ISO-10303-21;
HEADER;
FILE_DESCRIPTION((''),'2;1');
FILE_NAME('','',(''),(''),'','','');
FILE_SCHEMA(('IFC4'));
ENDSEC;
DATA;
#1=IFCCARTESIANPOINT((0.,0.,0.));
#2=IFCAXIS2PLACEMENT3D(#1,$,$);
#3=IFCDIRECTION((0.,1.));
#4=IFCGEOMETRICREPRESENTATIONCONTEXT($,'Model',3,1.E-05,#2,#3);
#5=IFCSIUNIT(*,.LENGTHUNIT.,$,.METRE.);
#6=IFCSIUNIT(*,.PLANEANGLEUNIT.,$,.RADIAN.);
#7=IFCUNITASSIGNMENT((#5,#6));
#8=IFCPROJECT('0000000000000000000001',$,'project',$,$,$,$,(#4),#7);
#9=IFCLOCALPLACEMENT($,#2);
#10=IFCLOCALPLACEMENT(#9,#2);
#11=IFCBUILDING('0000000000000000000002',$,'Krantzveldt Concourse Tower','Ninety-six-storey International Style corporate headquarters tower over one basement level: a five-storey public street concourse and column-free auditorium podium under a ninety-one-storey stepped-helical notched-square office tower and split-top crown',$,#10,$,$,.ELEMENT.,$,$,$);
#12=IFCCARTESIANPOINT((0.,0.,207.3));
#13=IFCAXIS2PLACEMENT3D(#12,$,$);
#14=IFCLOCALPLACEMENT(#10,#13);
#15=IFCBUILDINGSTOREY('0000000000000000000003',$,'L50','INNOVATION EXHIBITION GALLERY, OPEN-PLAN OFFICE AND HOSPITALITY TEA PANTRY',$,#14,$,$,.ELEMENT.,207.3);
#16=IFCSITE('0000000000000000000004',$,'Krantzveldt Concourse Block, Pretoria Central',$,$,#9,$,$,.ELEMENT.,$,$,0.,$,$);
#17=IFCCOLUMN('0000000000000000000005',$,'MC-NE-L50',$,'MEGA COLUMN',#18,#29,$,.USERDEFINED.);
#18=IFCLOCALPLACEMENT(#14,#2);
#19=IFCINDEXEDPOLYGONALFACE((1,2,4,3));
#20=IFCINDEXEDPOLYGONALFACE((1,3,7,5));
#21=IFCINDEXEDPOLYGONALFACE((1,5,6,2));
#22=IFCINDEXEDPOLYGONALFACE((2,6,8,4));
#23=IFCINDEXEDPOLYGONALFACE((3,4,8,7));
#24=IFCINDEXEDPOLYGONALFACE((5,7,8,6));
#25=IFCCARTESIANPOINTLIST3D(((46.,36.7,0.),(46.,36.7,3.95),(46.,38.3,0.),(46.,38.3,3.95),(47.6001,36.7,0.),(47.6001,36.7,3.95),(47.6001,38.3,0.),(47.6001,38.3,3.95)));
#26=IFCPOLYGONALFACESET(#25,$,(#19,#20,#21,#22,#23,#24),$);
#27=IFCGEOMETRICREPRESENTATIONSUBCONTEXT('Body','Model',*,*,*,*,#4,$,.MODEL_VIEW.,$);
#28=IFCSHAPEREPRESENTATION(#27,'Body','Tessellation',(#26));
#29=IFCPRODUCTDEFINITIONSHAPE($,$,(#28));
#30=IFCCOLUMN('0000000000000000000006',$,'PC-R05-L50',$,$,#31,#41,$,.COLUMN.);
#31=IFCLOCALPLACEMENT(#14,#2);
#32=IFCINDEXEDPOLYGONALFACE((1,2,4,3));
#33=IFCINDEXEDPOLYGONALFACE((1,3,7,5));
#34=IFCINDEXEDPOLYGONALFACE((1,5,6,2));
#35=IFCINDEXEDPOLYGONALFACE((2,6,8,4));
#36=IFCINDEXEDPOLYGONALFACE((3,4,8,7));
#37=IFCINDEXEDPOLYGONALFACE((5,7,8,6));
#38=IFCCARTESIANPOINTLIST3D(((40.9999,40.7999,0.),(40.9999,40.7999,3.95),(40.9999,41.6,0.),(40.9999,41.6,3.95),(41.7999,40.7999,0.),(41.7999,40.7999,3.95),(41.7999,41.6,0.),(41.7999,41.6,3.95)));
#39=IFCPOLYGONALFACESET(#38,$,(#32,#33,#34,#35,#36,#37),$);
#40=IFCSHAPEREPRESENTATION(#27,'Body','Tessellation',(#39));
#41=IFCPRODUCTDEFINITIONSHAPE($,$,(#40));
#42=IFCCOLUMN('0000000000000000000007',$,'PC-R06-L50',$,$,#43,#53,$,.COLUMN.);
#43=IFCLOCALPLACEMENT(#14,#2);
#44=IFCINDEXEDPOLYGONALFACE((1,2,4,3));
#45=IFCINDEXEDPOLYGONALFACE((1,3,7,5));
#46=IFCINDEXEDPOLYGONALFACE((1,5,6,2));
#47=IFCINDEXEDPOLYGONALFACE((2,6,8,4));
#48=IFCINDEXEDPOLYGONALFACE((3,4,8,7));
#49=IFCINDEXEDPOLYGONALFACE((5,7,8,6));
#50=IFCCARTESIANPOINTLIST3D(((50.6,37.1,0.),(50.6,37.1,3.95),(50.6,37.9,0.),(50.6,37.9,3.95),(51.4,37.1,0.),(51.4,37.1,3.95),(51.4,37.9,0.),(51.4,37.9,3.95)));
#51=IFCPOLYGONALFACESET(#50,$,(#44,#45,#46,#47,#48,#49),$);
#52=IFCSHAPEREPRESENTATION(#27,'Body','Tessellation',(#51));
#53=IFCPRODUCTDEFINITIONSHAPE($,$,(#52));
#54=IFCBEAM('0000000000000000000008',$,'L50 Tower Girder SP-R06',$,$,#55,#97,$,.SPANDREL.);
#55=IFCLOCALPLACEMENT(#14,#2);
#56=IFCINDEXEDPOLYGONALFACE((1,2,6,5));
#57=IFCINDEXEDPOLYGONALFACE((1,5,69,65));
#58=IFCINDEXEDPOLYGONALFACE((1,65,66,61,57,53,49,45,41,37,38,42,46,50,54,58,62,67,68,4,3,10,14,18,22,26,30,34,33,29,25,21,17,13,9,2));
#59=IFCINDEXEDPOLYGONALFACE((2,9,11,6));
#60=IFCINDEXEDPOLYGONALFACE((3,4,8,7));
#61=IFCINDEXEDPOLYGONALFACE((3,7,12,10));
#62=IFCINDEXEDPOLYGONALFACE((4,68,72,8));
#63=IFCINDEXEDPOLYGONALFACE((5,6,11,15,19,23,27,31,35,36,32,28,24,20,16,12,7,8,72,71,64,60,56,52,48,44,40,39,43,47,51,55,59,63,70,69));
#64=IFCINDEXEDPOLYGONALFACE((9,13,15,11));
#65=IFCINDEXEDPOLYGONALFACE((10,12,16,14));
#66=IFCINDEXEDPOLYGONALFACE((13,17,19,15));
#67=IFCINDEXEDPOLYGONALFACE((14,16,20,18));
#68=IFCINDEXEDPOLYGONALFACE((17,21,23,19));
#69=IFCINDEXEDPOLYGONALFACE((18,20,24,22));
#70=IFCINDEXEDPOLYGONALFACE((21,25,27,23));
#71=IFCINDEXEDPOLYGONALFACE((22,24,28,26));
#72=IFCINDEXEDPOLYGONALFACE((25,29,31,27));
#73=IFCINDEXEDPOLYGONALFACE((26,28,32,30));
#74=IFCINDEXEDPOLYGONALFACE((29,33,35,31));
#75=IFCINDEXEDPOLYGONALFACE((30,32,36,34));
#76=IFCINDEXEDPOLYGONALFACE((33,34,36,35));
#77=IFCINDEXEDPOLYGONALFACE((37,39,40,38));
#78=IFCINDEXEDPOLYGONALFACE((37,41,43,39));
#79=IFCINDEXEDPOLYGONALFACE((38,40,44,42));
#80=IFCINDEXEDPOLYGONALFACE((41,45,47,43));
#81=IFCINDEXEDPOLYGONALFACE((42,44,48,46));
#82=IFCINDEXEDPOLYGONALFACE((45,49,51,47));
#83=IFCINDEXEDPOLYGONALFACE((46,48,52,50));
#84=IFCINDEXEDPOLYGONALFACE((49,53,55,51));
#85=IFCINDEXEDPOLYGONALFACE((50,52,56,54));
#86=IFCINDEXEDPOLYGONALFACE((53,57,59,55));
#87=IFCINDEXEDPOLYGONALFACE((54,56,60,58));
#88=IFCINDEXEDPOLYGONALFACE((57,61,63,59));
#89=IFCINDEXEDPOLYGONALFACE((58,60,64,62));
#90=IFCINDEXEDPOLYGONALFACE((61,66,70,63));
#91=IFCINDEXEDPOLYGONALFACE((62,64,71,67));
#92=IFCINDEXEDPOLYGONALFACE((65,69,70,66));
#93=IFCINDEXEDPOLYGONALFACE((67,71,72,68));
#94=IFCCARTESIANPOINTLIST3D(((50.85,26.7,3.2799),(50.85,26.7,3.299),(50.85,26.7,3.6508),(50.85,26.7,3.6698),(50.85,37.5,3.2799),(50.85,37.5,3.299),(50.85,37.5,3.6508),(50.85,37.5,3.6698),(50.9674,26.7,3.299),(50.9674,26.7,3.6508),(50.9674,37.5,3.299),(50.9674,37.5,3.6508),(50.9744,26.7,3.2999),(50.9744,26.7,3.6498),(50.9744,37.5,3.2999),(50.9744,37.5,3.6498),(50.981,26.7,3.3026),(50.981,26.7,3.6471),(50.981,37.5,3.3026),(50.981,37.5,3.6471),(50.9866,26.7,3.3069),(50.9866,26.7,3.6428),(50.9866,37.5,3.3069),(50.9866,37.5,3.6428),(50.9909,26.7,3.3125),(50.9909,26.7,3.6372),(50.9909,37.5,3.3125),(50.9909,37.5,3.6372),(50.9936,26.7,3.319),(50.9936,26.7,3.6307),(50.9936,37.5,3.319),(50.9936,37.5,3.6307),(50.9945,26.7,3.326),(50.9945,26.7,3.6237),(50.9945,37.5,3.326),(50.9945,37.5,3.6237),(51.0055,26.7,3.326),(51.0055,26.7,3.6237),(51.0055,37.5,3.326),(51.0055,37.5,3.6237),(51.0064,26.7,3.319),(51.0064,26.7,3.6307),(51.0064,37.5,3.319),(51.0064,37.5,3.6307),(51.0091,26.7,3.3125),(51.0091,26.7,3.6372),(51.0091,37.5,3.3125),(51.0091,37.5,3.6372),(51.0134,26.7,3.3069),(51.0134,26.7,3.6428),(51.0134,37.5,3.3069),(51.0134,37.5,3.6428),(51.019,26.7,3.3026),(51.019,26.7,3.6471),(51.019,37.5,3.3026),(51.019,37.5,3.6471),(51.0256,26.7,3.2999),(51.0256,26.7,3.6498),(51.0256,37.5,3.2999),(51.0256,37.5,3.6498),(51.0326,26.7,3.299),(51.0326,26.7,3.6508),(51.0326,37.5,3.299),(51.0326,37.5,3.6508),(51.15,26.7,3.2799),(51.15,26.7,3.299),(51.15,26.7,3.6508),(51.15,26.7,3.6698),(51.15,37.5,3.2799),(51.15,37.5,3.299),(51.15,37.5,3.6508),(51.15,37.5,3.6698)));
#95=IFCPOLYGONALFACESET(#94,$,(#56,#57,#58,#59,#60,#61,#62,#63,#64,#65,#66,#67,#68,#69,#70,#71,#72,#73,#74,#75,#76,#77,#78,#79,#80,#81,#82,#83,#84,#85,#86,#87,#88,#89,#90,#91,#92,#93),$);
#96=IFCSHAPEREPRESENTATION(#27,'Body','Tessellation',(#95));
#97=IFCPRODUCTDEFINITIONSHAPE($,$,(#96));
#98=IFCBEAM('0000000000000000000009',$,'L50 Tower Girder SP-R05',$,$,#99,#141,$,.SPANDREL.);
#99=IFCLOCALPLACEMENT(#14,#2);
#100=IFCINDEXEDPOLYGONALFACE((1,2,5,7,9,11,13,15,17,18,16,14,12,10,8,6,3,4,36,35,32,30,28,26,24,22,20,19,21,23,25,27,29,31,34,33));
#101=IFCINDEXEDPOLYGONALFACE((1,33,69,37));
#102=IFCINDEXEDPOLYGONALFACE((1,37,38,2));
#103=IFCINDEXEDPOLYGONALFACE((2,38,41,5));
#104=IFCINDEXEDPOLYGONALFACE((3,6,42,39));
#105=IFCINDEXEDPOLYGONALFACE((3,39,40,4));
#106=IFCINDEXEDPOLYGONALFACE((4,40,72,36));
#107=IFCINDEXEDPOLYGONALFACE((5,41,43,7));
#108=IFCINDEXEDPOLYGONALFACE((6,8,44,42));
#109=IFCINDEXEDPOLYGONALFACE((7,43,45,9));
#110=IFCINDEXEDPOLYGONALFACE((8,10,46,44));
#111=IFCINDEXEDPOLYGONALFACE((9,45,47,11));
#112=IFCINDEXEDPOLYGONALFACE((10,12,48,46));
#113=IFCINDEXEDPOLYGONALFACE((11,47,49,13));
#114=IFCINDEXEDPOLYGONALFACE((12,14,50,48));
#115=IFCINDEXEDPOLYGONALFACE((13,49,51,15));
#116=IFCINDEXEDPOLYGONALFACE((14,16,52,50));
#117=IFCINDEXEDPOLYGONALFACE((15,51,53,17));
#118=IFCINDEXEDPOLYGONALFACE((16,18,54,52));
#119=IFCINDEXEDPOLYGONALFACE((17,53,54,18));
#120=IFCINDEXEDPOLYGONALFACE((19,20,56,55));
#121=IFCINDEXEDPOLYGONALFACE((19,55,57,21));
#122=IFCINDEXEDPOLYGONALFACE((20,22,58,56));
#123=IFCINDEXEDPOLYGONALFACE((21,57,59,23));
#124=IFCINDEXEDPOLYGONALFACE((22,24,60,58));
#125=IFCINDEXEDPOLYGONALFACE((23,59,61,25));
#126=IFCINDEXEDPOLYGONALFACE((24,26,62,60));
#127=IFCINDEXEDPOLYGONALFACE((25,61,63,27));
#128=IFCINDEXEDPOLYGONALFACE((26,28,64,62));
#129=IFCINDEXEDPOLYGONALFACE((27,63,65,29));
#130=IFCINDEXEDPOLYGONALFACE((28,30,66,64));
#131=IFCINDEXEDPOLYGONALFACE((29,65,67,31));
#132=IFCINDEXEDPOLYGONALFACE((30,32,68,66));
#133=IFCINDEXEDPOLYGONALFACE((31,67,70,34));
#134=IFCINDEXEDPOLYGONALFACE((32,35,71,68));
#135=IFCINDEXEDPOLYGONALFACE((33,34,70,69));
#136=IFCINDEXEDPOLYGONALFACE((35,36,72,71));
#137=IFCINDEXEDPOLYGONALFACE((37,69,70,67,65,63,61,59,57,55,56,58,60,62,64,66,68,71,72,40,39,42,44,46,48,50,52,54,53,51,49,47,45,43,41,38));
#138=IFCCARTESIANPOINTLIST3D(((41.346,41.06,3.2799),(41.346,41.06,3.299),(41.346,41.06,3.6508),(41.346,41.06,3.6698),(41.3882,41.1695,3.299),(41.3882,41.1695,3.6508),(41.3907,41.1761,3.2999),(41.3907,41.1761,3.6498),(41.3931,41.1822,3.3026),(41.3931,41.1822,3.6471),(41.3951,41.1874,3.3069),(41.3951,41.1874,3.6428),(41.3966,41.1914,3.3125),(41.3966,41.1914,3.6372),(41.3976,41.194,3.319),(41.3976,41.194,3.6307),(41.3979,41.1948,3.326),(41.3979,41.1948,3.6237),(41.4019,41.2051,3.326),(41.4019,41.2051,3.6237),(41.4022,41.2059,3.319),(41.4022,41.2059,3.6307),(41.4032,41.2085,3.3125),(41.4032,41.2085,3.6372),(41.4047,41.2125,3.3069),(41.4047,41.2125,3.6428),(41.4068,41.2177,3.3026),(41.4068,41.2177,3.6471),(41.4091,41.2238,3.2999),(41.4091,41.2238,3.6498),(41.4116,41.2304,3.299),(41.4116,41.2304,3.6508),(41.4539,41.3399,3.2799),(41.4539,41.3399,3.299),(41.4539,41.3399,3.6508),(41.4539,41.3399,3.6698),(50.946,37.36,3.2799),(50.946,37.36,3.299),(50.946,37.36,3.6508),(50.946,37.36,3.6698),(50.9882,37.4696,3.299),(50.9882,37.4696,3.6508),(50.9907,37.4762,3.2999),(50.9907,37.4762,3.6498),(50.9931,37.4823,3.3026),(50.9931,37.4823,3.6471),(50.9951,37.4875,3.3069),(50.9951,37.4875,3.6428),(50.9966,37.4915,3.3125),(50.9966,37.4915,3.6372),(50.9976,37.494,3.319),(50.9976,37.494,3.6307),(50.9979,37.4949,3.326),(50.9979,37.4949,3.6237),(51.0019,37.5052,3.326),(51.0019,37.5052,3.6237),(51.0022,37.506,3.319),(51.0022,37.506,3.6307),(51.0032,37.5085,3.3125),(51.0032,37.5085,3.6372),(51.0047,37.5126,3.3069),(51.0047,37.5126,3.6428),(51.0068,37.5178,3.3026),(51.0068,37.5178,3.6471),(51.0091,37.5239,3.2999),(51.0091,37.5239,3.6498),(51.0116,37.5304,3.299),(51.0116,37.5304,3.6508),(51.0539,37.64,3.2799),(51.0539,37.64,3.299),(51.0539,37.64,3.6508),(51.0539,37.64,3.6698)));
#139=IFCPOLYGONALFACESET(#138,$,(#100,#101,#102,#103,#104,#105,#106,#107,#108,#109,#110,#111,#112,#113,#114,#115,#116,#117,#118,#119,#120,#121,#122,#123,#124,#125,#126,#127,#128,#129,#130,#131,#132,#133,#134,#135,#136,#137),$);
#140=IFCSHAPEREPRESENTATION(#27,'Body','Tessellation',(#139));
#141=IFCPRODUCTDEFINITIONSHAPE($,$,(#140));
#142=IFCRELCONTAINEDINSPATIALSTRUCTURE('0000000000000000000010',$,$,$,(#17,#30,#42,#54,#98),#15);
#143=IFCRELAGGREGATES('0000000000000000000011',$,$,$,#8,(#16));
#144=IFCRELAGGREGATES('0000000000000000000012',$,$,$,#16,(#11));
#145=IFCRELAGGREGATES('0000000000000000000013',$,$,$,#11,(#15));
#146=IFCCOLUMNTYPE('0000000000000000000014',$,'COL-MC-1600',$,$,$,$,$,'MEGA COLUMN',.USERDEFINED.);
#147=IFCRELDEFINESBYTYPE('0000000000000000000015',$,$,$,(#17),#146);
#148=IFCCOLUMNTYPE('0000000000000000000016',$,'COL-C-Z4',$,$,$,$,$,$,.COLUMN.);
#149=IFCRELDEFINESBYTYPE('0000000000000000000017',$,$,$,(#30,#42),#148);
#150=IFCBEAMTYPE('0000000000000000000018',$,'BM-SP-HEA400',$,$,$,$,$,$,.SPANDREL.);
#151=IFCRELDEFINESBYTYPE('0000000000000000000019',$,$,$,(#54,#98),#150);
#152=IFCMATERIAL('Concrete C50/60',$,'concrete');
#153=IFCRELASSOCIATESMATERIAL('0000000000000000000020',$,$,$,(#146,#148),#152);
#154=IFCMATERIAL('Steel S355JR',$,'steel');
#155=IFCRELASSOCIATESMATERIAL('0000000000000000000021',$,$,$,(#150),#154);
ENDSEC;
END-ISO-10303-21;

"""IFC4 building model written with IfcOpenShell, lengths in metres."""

from ifc_helpers import new_model, si_unit, direction, frame, origin, origin_2d, place, context, subcontext, project, spatial, rectangle, i_section, extrude, source, transform, mapped, material, material_profile, profile_set, type_object, type_shapes, element, save


model = new_model("IFC4")

# Units and contexts
model_context = context("Model", 3, precision=1e-05, world=origin(), true_north=direction((0.0, 1.0)))
body_context = subcontext(model_context, "Body", "Model", "MODEL_VIEW")
ifc_project = project(units=[si_unit("LENGTHUNIT", "METRE"), si_unit("PLANEANGLEUNIT", "RADIAN")], contexts=[model_context])

# Site, building, storey
site_placement = place(None, origin())
site = spatial("IfcSite", under=ifc_project, at=site_placement, Name="Krantzveldt Concourse Block, Pretoria Central", CompositionType="ELEMENT", RefElevation=0.0)
building_placement = place(site_placement, origin())
building = spatial("IfcBuilding", under=site, at=building_placement, Name="Krantzveldt Concourse Tower", Description="Ninety-six-storey International Style corporate headquarters tower over one basement level: a five-storey public street concourse and column-free auditorium podium under a ninety-one-storey stepped-helical notched-square office tower and split-top crown", CompositionType="ELEMENT")
storey_placement = place(building_placement, frame((0.0, 0.0, 207.3)))
storey = spatial("IfcBuildingStorey", under=building, at=storey_placement, Name="L50", Description="INNOVATION EXHIBITION GALLERY, OPEN-PLAN OFFICE AND HOSPITALITY TEA PANTRY", CompositionType="ELEMENT", Elevation=207.3)

# Columns
ifc_material_1 = material(Name="Concrete C50/60", Category="concrete")
ifc_material_profile_1 = material_profile(ifc_material_1, rectangle(XDim=1.6001, YDim=1.6001, at=origin_2d()), Name="Concrete C50/60", Category="concrete")
ifc_profile_set_1 = profile_set([ifc_material_profile_1], Name="Concrete C50/60 - RC 1600x1600")
column_type_1 = type_object("IfcColumnType", Name="COL-MC-1600", ElementType="MEGA COLUMN", PredefinedType="USERDEFINED", material=ifc_profile_set_1)
shared_shape_1 = source(origin(), body_context, "Body", "SweptSolid", [
    extrude(rectangle(XDim=1.6001, YDim=1.6001, at=origin_2d()), origin(), (0.0, 0.0, 1.0), 3.95),
])
type_shapes(column_type_1, [shared_shape_1])
column_placement = place(storey_placement, frame((46.8, 37.5, 0.0), z_axis=(0.0, 0.0, 1.0), x_axis=(1.0, 0.0, 0.0)))
element("IfcColumn", 1, at=column_placement, inside=storey, type_object=column_type_1, Name="MC-NE-L50", ObjectType="MEGA COLUMN", PredefinedType="USERDEFINED", context=body_context, shape_type="MappedRepresentation", body=[
    mapped(shared_shape_1, transform((0.0, 0.0, 0.0), x_axis=(1.0, 0.0, 0.0), y_axis=(0.0, 1.0, 0.0), z_axis=(0.0, 0.0, 1.0), scale=1.0)),
])
ifc_material_profile_2 = material_profile(ifc_material_1, rectangle(XDim=0.8, YDim=0.8, at=origin_2d()), Name="Concrete C50/60", Category="concrete")
ifc_profile_set_2 = profile_set([ifc_material_profile_2], Name="Concrete C50/60 - RC 800x800")
column_type_2 = type_object("IfcColumnType", Name="COL-C-Z4", PredefinedType="COLUMN", material=ifc_profile_set_2)
shared_shape_2 = source(origin(), body_context, "Body", "SweptSolid", [
    extrude(rectangle(XDim=0.8, YDim=0.8, at=origin_2d()), origin(), (0.0, 0.0, 1.0), 3.95),
])
type_shapes(column_type_2, [shared_shape_2])
for number, where, z_axis, x_axis, name in (
    (2, (41.3999, 41.2, 0.0), (0.0, 0.0, 1.0), (1.0, 0.0, 0.0), "PC-R05-L50"),
    (3, (51.0, 37.5, 0.0), (0.0, 0.0, 1.0), (1.0, 0.0, 0.0), "PC-R06-L50"),
):
    element("IfcColumn", number, at=place(storey_placement, frame(where, z_axis=z_axis, x_axis=x_axis)), inside=storey, type_object=column_type_2, Name=name, PredefinedType="COLUMN", context=body_context, shape_type="MappedRepresentation", body=[
        mapped(shared_shape_2, transform((0.0, 0.0, 0.0), x_axis=(1.0, 0.0, 0.0), y_axis=(0.0, 1.0, 0.0), z_axis=(0.0, 0.0, 1.0), scale=1.0)),
    ])

# Beams
ifc_material_2 = material(Name="Steel S355JR", Category="steel")
ifc_material_profile_3 = material_profile(ifc_material_2, i_section(OverallWidth=0.3, OverallDepth=0.3899, WebThickness=0.011, FlangeThickness=0.019, FilletRadius=0.0271, at=origin_2d()), Name="Steel S355JR", Category="steel")
ifc_profile_set_3 = profile_set([ifc_material_profile_3], Name="Steel S355JR - HEA 400")
beam_type_1 = type_object("IfcBeamType", Name="BM-SP-HEA400", PredefinedType="SPANDREL", material=ifc_profile_set_3)
shared_shape_3 = source(origin(), body_context, "Body", "SweptSolid", [
    extrude(i_section(OverallWidth=0.3, OverallDepth=0.3899, WebThickness=0.011, FlangeThickness=0.019, FilletRadius=0.0271, at=origin_2d()), origin(), (0.0, 0.0, 1.0), 10.8),
])
beam_1_placement = place(storey_placement, frame((51.0, 37.5, 3.4749), z_axis=(0.0, -1.0, 0.0), x_axis=(1.0, 0.0, 0.0)))
element("IfcBeam", 4, at=beam_1_placement, inside=storey, type_object=beam_type_1, Name="L50 Tower Girder SP-R06", PredefinedType="SPANDREL", context=body_context, shape_type="MappedRepresentation", body=[
    mapped(shared_shape_3, transform((0.0, 0.0, 0.0), x_axis=(1.0, 0.0, 0.0), y_axis=(0.0, 1.0, 0.0), z_axis=(0.0, 0.0, 1.0), scale=1.0)),
])
shared_shape_4 = source(origin(), body_context, "Body", "SweptSolid", [
    extrude(i_section(OverallWidth=0.3, OverallDepth=0.3899, WebThickness=0.011, FlangeThickness=0.019, FilletRadius=0.0271, at=origin_2d()), origin(), (0.0, 0.0, 1.0), 10.2883),
])
type_shapes(beam_type_1, [shared_shape_3, shared_shape_4])
beam_2_placement = place(storey_placement, frame((41.3999, 41.2, 3.4749), z_axis=(0.933098, -0.359623, 0.0), x_axis=(0.359623, 0.933098, 0.0)))
element("IfcBeam", 5, at=beam_2_placement, inside=storey, type_object=beam_type_1, Name="L50 Tower Girder SP-R05", PredefinedType="SPANDREL", context=body_context, shape_type="MappedRepresentation", body=[
    mapped(shared_shape_4, transform((0.0, 0.0, 0.0), x_axis=(1.0, 0.0, 0.0), y_axis=(0.0, 1.0, 0.0), z_axis=(0.0, 0.0, 1.0), scale=1.0)),
])

save(model, "model.ifc")
